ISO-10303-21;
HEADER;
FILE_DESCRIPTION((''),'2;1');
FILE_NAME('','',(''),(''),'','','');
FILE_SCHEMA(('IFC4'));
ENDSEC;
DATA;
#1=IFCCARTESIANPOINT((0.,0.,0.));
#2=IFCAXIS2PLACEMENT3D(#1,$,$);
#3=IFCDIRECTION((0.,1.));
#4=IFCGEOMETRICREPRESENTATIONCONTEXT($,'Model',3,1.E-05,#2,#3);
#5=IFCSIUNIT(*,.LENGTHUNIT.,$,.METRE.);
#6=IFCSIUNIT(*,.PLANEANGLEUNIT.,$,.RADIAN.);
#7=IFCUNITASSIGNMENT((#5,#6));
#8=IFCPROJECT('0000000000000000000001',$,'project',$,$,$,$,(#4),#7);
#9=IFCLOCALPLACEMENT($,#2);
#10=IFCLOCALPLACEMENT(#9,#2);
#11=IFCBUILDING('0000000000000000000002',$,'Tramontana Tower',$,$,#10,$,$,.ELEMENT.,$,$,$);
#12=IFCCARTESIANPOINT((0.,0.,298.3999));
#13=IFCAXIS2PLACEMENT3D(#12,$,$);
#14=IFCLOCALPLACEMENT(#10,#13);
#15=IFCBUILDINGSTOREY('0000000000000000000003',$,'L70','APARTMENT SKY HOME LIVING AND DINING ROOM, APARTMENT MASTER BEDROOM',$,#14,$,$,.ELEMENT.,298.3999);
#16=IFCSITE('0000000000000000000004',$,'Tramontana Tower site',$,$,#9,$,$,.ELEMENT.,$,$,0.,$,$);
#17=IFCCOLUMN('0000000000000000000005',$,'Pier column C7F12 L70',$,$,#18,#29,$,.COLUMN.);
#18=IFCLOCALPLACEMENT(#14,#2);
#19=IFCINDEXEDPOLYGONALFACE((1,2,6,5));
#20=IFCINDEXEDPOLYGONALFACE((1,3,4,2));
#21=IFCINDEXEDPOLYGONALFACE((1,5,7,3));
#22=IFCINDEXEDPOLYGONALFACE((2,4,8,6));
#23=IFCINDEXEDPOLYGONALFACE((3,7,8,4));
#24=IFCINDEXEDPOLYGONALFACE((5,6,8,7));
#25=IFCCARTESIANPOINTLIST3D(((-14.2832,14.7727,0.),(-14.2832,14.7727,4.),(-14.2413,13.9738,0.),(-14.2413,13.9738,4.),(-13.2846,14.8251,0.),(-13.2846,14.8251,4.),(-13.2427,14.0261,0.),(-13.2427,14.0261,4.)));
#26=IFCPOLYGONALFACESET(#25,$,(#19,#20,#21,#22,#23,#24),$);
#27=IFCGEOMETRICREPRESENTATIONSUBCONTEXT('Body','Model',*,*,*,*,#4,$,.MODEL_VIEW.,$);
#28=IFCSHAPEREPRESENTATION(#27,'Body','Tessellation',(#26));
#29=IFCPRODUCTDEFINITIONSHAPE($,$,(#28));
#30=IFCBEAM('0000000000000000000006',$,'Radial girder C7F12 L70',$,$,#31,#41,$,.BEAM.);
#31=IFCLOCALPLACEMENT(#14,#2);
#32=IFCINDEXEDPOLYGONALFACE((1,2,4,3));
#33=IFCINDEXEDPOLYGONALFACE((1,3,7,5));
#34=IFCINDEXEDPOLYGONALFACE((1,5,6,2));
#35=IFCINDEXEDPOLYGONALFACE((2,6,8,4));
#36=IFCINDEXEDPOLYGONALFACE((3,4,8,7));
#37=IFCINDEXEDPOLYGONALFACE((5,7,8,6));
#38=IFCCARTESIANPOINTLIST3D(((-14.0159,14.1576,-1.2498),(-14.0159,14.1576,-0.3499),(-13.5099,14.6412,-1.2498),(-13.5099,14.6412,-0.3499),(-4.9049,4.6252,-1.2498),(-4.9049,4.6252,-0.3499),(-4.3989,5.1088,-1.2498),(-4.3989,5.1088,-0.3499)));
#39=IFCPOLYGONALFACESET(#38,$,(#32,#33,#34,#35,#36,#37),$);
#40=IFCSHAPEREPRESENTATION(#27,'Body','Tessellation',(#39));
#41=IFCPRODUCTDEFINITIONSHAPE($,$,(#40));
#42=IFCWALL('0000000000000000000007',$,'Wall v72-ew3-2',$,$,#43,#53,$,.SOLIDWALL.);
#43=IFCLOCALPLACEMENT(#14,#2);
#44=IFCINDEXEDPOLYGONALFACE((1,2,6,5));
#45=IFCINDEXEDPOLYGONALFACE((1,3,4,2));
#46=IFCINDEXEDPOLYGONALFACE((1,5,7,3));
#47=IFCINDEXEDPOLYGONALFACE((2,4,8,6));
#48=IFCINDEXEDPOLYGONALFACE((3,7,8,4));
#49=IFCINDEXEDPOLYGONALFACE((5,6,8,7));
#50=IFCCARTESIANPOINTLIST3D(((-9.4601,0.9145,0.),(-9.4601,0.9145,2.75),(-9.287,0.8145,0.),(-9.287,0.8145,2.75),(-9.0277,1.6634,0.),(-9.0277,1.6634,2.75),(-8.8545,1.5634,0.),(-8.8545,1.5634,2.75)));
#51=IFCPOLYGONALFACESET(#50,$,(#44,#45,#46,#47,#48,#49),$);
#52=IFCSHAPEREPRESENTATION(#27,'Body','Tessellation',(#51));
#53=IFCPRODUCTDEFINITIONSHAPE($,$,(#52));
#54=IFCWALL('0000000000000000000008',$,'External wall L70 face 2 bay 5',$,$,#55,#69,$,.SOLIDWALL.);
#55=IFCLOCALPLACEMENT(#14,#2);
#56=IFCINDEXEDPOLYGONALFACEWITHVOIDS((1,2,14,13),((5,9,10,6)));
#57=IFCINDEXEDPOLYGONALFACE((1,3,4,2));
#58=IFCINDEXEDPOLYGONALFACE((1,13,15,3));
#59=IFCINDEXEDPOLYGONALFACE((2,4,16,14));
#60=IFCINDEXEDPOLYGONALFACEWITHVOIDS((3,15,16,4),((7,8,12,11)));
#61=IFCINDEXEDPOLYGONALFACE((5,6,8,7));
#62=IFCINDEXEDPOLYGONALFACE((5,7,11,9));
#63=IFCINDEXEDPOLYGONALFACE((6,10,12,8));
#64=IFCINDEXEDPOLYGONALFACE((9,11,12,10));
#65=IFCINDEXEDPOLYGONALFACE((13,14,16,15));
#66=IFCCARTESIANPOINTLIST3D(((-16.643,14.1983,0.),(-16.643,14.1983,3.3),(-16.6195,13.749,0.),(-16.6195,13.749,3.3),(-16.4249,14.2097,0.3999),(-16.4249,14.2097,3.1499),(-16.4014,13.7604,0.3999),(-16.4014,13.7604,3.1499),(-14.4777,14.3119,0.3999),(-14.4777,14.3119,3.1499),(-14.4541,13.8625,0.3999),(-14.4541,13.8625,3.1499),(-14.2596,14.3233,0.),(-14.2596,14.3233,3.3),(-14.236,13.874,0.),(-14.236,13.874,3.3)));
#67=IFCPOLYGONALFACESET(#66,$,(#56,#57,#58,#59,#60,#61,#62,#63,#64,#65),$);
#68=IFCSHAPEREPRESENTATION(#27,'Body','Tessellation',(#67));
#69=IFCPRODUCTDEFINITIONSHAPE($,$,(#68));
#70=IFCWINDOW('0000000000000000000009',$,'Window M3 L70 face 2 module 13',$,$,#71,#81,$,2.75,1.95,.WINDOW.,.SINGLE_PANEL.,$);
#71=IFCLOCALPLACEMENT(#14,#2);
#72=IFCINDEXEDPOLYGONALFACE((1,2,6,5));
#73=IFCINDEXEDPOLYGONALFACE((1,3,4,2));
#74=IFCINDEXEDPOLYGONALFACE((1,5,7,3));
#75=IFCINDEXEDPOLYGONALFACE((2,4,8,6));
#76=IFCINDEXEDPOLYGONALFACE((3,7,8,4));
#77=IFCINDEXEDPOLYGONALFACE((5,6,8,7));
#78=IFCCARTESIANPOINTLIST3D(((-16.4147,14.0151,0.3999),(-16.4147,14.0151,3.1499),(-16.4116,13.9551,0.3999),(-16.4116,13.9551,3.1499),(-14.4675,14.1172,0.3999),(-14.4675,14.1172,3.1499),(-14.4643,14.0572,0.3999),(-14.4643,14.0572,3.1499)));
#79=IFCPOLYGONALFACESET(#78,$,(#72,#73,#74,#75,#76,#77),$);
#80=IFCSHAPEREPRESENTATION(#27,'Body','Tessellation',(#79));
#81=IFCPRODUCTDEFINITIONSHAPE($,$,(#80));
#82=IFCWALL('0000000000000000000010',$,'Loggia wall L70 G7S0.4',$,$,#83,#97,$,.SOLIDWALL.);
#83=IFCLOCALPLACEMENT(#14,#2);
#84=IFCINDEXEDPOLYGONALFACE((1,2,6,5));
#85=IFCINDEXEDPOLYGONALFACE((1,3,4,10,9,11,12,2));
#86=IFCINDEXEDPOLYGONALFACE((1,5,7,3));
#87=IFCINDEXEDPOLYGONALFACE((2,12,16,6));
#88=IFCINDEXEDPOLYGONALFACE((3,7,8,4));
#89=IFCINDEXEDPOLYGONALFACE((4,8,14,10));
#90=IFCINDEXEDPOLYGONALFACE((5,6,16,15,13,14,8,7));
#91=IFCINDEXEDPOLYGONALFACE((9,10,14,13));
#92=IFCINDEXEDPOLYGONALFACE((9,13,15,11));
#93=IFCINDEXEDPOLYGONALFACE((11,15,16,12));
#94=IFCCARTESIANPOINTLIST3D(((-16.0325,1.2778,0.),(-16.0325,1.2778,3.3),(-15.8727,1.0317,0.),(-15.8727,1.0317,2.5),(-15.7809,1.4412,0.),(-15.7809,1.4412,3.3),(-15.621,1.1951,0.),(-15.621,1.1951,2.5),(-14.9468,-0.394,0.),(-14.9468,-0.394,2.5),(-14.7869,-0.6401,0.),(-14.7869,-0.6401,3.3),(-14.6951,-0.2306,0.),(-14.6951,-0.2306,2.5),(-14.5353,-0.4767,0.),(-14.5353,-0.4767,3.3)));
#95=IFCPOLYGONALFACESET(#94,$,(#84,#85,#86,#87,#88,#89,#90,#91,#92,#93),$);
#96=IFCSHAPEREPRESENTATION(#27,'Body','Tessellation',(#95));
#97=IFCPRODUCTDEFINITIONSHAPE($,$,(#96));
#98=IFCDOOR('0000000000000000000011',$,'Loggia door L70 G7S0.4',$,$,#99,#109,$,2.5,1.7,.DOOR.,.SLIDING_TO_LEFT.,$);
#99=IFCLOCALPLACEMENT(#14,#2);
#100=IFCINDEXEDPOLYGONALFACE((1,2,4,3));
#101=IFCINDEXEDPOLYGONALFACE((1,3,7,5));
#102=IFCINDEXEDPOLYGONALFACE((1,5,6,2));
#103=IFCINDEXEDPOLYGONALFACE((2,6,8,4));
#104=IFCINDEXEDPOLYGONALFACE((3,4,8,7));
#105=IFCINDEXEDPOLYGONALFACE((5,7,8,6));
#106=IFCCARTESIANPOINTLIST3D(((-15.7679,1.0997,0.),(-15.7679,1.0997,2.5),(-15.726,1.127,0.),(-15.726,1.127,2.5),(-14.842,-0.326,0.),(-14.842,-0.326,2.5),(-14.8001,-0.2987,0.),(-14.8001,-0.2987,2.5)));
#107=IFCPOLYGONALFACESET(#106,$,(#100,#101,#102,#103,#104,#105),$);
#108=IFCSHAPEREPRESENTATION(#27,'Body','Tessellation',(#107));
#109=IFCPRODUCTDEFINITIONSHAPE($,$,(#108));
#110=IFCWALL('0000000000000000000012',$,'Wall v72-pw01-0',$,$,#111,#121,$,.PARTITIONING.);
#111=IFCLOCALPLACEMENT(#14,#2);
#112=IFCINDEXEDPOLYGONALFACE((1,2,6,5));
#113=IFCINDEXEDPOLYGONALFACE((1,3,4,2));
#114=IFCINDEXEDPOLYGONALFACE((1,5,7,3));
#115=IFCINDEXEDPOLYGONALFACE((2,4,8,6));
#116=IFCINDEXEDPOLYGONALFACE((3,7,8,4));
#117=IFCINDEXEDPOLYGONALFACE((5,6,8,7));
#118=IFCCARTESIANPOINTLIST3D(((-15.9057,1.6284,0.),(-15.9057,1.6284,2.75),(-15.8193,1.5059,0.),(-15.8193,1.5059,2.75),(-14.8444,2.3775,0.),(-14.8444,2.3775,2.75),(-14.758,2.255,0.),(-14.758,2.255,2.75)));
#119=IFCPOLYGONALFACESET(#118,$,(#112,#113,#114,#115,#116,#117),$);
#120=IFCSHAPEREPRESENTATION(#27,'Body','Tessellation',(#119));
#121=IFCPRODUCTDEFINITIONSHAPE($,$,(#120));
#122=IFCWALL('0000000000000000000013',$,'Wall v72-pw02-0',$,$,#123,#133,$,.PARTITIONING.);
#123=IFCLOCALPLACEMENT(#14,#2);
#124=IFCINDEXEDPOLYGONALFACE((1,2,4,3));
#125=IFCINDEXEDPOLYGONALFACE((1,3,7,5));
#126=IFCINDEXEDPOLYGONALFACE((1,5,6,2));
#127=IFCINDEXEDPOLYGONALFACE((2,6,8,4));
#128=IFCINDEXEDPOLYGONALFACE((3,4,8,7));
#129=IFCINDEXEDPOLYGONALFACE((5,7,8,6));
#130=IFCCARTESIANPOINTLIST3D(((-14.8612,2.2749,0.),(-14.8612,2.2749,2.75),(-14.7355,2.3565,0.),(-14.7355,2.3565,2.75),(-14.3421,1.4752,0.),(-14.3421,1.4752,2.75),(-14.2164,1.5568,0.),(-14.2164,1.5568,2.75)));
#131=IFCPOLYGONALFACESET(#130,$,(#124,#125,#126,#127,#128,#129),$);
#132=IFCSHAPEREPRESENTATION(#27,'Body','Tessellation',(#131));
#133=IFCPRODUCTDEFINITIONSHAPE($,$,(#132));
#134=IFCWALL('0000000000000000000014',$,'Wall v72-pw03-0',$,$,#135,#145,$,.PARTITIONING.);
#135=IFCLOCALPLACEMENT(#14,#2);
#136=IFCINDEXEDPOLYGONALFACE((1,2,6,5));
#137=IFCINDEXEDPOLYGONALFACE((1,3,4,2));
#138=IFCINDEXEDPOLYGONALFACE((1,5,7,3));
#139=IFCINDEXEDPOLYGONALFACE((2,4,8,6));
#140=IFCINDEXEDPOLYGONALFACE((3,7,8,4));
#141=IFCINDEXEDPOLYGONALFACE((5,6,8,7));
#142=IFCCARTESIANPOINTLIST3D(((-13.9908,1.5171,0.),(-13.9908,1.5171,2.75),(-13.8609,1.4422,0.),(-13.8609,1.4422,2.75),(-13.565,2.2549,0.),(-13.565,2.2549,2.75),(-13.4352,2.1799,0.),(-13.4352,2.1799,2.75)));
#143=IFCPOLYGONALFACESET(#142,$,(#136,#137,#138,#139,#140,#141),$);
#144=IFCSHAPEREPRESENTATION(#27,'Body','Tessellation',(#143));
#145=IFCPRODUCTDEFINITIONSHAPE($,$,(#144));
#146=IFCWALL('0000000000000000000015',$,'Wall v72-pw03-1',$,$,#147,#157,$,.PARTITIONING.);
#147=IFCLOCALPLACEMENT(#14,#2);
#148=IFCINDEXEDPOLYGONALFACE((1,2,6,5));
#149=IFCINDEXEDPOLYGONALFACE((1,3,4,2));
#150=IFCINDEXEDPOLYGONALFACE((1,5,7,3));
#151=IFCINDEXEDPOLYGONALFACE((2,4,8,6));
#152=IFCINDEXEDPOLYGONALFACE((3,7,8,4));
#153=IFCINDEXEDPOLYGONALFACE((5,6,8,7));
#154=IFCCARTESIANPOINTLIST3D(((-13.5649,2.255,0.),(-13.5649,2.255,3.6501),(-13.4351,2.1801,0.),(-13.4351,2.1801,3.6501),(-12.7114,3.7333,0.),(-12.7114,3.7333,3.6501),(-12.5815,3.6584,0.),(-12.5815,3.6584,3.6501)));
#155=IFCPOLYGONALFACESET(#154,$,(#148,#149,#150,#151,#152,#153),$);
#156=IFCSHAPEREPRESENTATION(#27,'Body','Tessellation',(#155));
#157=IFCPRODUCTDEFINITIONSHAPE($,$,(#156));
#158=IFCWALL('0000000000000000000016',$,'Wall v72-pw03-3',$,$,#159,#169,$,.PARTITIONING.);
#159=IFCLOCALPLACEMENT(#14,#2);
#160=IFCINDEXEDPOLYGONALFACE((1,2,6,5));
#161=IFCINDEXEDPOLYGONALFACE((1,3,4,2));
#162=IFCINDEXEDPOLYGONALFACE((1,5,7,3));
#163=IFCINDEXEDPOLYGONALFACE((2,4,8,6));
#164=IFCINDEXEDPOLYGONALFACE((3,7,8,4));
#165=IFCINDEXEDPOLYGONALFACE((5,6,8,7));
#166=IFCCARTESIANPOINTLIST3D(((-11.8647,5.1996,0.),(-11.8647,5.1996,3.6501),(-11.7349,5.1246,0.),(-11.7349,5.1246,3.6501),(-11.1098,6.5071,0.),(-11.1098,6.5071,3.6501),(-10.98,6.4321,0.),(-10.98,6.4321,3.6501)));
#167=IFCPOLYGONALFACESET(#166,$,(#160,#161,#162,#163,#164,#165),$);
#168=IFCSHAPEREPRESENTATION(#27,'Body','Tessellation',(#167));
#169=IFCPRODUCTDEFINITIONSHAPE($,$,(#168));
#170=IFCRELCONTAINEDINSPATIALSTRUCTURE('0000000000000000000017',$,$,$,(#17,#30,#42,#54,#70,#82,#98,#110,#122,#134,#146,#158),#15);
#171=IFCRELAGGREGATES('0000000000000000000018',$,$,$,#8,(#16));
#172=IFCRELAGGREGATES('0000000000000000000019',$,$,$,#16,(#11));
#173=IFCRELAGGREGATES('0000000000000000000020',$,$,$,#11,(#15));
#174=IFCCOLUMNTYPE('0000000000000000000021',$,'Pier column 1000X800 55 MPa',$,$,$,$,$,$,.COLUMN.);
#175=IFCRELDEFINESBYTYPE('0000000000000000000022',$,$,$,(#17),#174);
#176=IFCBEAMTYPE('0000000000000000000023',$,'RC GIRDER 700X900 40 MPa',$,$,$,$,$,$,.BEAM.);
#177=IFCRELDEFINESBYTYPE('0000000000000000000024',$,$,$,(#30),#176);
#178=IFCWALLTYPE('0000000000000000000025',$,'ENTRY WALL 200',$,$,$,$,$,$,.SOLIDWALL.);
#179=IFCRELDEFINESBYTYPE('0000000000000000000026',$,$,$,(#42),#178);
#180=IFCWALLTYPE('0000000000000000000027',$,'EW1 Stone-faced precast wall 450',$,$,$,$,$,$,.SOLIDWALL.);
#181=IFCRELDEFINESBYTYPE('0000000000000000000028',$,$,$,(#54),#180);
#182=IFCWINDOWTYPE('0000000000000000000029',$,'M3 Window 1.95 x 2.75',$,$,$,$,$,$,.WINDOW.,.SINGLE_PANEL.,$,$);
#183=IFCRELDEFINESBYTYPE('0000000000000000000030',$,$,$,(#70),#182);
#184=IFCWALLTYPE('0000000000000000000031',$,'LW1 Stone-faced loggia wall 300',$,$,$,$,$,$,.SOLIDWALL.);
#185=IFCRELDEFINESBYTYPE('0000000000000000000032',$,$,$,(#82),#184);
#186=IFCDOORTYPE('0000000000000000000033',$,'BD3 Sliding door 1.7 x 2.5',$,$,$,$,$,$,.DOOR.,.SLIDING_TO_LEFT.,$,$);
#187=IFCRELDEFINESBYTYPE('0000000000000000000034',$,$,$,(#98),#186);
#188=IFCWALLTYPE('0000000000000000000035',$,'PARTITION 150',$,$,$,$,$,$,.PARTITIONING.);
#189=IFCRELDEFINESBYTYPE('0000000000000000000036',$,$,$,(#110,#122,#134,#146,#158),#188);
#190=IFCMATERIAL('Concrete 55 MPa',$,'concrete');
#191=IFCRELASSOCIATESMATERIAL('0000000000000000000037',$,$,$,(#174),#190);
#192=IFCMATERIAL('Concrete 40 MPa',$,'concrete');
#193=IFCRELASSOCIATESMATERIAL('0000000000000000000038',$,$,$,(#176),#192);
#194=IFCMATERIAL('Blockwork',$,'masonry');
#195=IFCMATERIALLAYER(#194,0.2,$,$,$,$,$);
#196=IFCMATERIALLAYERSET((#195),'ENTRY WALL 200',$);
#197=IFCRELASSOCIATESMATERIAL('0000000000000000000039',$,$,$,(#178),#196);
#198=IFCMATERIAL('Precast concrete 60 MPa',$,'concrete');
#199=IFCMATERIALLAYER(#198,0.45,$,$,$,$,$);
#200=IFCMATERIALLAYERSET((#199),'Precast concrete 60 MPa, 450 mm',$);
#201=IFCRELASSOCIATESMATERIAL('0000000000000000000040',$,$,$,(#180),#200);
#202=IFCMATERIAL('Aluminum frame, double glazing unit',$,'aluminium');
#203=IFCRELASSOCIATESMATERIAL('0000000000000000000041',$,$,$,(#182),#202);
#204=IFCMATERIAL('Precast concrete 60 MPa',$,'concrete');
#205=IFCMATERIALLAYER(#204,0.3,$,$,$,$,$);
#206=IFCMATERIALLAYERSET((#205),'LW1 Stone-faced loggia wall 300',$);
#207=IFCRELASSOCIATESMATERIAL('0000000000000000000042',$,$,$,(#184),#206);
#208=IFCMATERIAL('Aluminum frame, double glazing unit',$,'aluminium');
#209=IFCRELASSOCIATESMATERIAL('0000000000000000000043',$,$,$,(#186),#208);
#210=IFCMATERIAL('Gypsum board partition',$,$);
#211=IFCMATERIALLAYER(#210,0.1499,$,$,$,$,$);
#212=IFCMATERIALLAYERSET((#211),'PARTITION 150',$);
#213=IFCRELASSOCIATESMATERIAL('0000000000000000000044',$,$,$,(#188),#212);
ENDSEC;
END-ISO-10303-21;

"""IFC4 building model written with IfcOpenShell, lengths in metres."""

from ifc_helpers import new_model, si_unit, direction, frame, frame_2d, origin, origin_2d, place, context, subcontext, project, spatial, rectangle, extrude, material, layer, layer_set, material_profile, profile_set, type_object, element, fill, save


model = new_model("IFC4")

# Units and contexts
model_context = context("Model", 3, precision=1e-05, world=origin(), true_north=direction((0.0, 1.0)))
body_context = subcontext(model_context, "Body", "Model", "MODEL_VIEW")
ifc_project = project(units=[si_unit("LENGTHUNIT", "METRE"), si_unit("PLANEANGLEUNIT", "RADIAN")], contexts=[model_context])

# Site, building, storey
site_placement = place(None, origin())
site = spatial("IfcSite", under=ifc_project, at=site_placement, Name="Tramontana Tower site", CompositionType="ELEMENT", RefElevation=0.0)
building_placement = place(site_placement, origin())
building = spatial("IfcBuilding", under=site, at=building_placement, Name="Tramontana Tower", CompositionType="ELEMENT")
storey_placement = place(building_placement, frame((0.0, 0.0, 298.3999)))
storey = spatial("IfcBuildingStorey", under=building, at=storey_placement, Name="L70", Description="APARTMENT SKY HOME LIVING AND DINING ROOM, APARTMENT MASTER BEDROOM", CompositionType="ELEMENT", Elevation=298.3999)

# Column
ifc_material_1 = material(Name="Concrete 55 MPa", Category="concrete")
ifc_material_profile_1 = material_profile(ifc_material_1, rectangle(XDim=1.0, YDim=0.8, at=origin_2d()), Name="Pier column 1000X800 55 MPa")
ifc_profile_set_1 = profile_set([ifc_material_profile_1], Name="Concrete 55 MPa")
column_type = type_object("IfcColumnType", Name="Pier column 1000X800 55 MPa", PredefinedType="COLUMN", material=ifc_profile_set_1)
column_placement = place(storey_placement, frame((-13.7629, 14.3994, 0.0), z_axis=(0.0, 0.0, 1.0), x_axis=(-0.99863, -0.052336, 0.0)))
element("IfcColumn", 1, at=column_placement, inside=storey, type_object=column_type, Name="Pier column C7F12 L70", PredefinedType="COLUMN", context=body_context, shape_type="SweptSolid", body=[
    extrude(rectangle(XDim=1.0, YDim=0.8, at=origin_2d()), origin(), (0.0, 0.0, 1.0), 4.0),
])

# Beam
ifc_material_2 = material(Name="Concrete 40 MPa", Category="concrete")
ifc_material_profile_2 = material_profile(ifc_material_2, rectangle(XDim=0.7, YDim=0.8999, at=origin_2d()), Name="RC GIRDER 700X900 40 MPa")
ifc_profile_set_2 = profile_set([ifc_material_profile_2], Name="Concrete 40 MPa")
beam_type = type_object("IfcBeamType", Name="RC GIRDER 700X900 40 MPa", PredefinedType="BEAM", material=ifc_profile_set_2)
beam_placement = place(storey_placement, frame((-13.7629, 14.3994, -0.7998), z_axis=(0.690948, -0.722904, 0.0), x_axis=(0.722904, 0.690948, 0.0)))
element("IfcBeam", 2, at=beam_placement, inside=storey, type_object=beam_type, Name="Radial girder C7F12 L70", PredefinedType="BEAM", context=body_context, shape_type="SweptSolid", body=[
    extrude(rectangle(XDim=0.7, YDim=0.8999, at=origin_2d()), origin(), (0.0, 0.0, 1.0), 13.1863),
])

# Wall
ifc_material_3 = material(Name="Blockwork", Category="masonry")
ifc_layer_1 = layer(ifc_material_3, 0.2)
ifc_layer_set_1 = layer_set([ifc_layer_1], Name="ENTRY WALL 200")
wall_type_1 = type_object("IfcWallType", Name="ENTRY WALL 200", PredefinedType="SOLIDWALL", material=ifc_layer_set_1)
wall_1_placement = place(storey_placement, frame((-9.3735, 0.8645, 0.0), z_axis=(0.0, 0.0, 1.0), x_axis=(0.500056, 0.865993, 0.0)))
element("IfcWall", 3, at=wall_1_placement, inside=storey, type_object=wall_type_1, Name="Wall v72-ew3-2", PredefinedType="SOLIDWALL", context=body_context, shape_type="SweptSolid", body=[
    extrude(rectangle(XDim=0.8647, YDim=0.2, at=frame_2d((0.4324, 0.0))), origin(), (0.0, 0.0, 1.0), 2.75),
])

# Wall, opening, window
ifc_material_4 = material(Name="Precast concrete 60 MPa", Category="concrete")
ifc_layer_2 = layer(ifc_material_4, 0.45)
ifc_layer_set_2 = layer_set([ifc_layer_2], Name="Precast concrete 60 MPa, 450 mm")
wall_type_2 = type_object("IfcWallType", Name="EW1 Stone-faced precast wall 450", PredefinedType="SOLIDWALL", material=ifc_layer_set_2)
wall_2_placement = place(storey_placement, frame((-14.2478, 14.0986, 0.0), z_axis=(0.0, 0.0, 1.0), x_axis=(-0.998628, -0.052371, 0.0)))
wall_2 = element("IfcWall", 4, at=wall_2_placement, inside=storey, type_object=wall_type_2, Name="External wall L70 face 2 bay 5", PredefinedType="SOLIDWALL", context=body_context, shape_type="SweptSolid", body=[
    extrude(rectangle(XDim=2.3867, YDim=0.45, at=frame_2d((1.1934, 0.0))), origin(), (0.0, 0.0, 1.0), 3.3),
])
opening_1_placement = place(wall_2_placement, frame((0.2183, 0.0, 0.3999)))
opening_1 = element("IfcOpeningElement", 5, at=opening_1_placement, cuts=wall_2, PredefinedType="OPENING", context=body_context, shape_type="SweptSolid", body=[
    extrude(rectangle(XDim=1.95, YDim=2.75, at=frame_2d((0.9751, 1.375))), frame((0.0, 0.2349, 0.0), z_axis=(0.0, -1.0, 0.0), x_axis=(1.0, 0.0, 0.0)), (0.0, 0.0, 1.0), 0.47),
])
ifc_material_5 = material(Name="Aluminum frame, double glazing unit", Category="aluminium")
window_type = type_object("IfcWindowType", Name="M3 Window 1.95 x 2.75", PartitioningType="SINGLE_PANEL", PredefinedType="WINDOW", material=ifc_material_5)
window_placement = place(opening_1_placement, origin())
window = element("IfcWindow", 6, at=window_placement, inside=storey, type_object=window_type, Name="Window M3 L70 face 2 module 13", OverallHeight=2.75, OverallWidth=1.95, PartitioningType="SINGLE_PANEL", PredefinedType="WINDOW", context=body_context, shape_type="SweptSolid", body=[
    extrude(rectangle(XDim=1.95, YDim=2.75, at=frame_2d((0.9751, 1.375))), frame((0.0, 0.03, 0.0), z_axis=(0.0, -1.0, 0.0), x_axis=(1.0, 0.0, 0.0)), (0.0, 0.0, 1.0), 0.0601),
])
fill(opening_1, window)

# Wall, opening, door
ifc_material_6 = material(Name="Precast concrete 60 MPa", Category="concrete")
ifc_layer_3 = layer(ifc_material_6, 0.3)
ifc_layer_set_3 = layer_set([ifc_layer_3], Name="LW1 Stone-faced loggia wall 300")
wall_type_3 = type_object("IfcWallType", Name="LW1 Stone-faced loggia wall 300", PredefinedType="SOLIDWALL", material=ifc_layer_set_3)
wall_3_placement = place(storey_placement, frame((-15.9067, 1.3596, 0.0), z_axis=(0.0, 0.0, 1.0), x_axis=(0.544658, -0.838658, 0.0)))
wall_3 = element("IfcWall", 7, at=wall_3_placement, inside=storey, type_object=wall_type_3, Name="Loggia wall L70 G7S0.4", PredefinedType="SOLIDWALL", context=body_context, shape_type="SweptSolid", body=[
    extrude(rectangle(XDim=2.2869, YDim=0.3, at=frame_2d((1.1436, 0.0))), origin(), (0.0, 0.0, 1.0), 3.3),
])
opening_2_placement = place(wall_3_placement, frame((0.2935, 0.0, 0.0)))
opening_2 = element("IfcOpeningElement", 8, at=opening_2_placement, cuts=wall_3, PredefinedType="OPENING", context=body_context, shape_type="SweptSolid", body=[
    extrude(rectangle(XDim=1.7, YDim=2.5, at=frame_2d((0.8501, 1.25))), frame((0.0, 0.1599, 0.0), z_axis=(0.0, -1.0, 0.0), x_axis=(1.0, 0.0, 0.0)), (0.0, 0.0, 1.0), 0.3201),
])
ifc_material_7 = material(Name="Aluminum frame, double glazing unit", Category="aluminium")
door_type_1 = type_object("IfcDoorType", Name="BD3 Sliding door 1.7 x 2.5", OperationType="SLIDING_TO_LEFT", PredefinedType="DOOR", material=ifc_material_7)
door_1_placement = place(opening_2_placement, origin())
door_1 = element("IfcDoor", 9, at=door_1_placement, inside=storey, type_object=door_type_1, Name="Loggia door L70 G7S0.4", OperationType="SLIDING_TO_LEFT", OverallHeight=2.5, OverallWidth=1.7, PredefinedType="DOOR", context=body_context, shape_type="SweptSolid", body=[
    extrude(rectangle(XDim=1.7, YDim=2.5, at=frame_2d((0.8501, 1.25))), frame((0.0, 0.0249, 0.0), z_axis=(0.0, -1.0, 0.0), x_axis=(1.0, 0.0, 0.0)), (0.0, 0.0, 1.0), 0.05),
])
fill(opening_2, door_1)

# Walls
ifc_material_8 = material(Name="Gypsum board partition")
ifc_layer_4 = layer(ifc_material_8, 0.1499)
ifc_layer_set_4 = layer_set([ifc_layer_4], Name="PARTITION 150")
wall_type_4 = type_object("IfcWallType", Name="PARTITION 150", PredefinedType="PARTITIONING", material=ifc_layer_set_4)
wall_4_placement = place(storey_placement, frame((-14.8013, 2.3162, 0.0), z_axis=(0.0, 0.0, 1.0), x_axis=(-0.81701, -0.576624, 0.0)))
element("IfcWall", 10, at=wall_4_placement, inside=storey, type_object=wall_type_4, Name="Wall v72-pw01-0", PredefinedType="PARTITIONING", context=body_context, shape_type="SweptSolid", body=[
    extrude(rectangle(XDim=1.2991, YDim=0.1499, at=frame_2d((0.6494, 0.0))), origin(), (0.0, 0.0, 1.0), 2.75),
])
wall_5_placement = place(storey_placement, frame((-14.2793, 1.5161, 0.0), z_axis=(0.0, 0.0, 1.0), x_axis=(-0.544493, 0.838765, 0.0)))
element("IfcWall", 11, at=wall_5_placement, inside=storey, type_object=wall_type_4, Name="Wall v72-pw02-0", PredefinedType="PARTITIONING", context=body_context, shape_type="SweptSolid", body=[
    extrude(rectangle(XDim=0.9534, YDim=0.1499, at=frame_2d((0.4766, 0.0))), origin(), (0.0, 0.0, 1.0), 2.75),
])
wall_6_placement = place(storey_placement, frame((-13.9258, 1.4797, 0.0), z_axis=(0.0, 0.0, 1.0), x_axis=(0.499838, 0.866119, 0.0)))
element("IfcWall", 12, at=wall_6_placement, inside=storey, type_object=wall_type_4, Name="Wall v72-pw03-0", PredefinedType="PARTITIONING", context=body_context, shape_type="SweptSolid", body=[
    extrude(rectangle(XDim=0.8518, YDim=0.1499, at=frame_2d((0.4258, 0.0))), origin(), (0.0, 0.0, 1.0), 2.75),
])
wall_7_placement = place(storey_placement, frame((-13.5, 2.2175, 0.0), z_axis=(0.0, 0.0, 1.0), x_axis=(0.500015, 0.866016, 0.0)))
element("IfcWall", 13, at=wall_7_placement, inside=storey, type_object=wall_type_4, Name="Wall v72-pw03-1", PredefinedType="PARTITIONING", context=body_context, shape_type="SweptSolid", body=[
    extrude(rectangle(XDim=1.707, YDim=0.1499, at=frame_2d((0.8535, 0.0))), origin(), (0.0, 0.0, 1.0), 3.6501),
])

# Wall
wall_8_placement = place(storey_placement, frame((-11.7998, 5.1621, 0.0), z_axis=(0.0, 0.0, 1.0), x_axis=(0.500035, 0.866005, 0.0)))
element("IfcWall", 14, at=wall_8_placement, inside=storey, type_object=wall_type_4, Name="Wall v72-pw03-3", PredefinedType="PARTITIONING", context=body_context, shape_type="SweptSolid", body=[
    extrude(rectangle(XDim=1.5098, YDim=0.1499, at=frame_2d((0.7549, 0.0))), origin(), (0.0, 0.0, 1.0), 3.6501),
])

save(model, "model.ifc")
